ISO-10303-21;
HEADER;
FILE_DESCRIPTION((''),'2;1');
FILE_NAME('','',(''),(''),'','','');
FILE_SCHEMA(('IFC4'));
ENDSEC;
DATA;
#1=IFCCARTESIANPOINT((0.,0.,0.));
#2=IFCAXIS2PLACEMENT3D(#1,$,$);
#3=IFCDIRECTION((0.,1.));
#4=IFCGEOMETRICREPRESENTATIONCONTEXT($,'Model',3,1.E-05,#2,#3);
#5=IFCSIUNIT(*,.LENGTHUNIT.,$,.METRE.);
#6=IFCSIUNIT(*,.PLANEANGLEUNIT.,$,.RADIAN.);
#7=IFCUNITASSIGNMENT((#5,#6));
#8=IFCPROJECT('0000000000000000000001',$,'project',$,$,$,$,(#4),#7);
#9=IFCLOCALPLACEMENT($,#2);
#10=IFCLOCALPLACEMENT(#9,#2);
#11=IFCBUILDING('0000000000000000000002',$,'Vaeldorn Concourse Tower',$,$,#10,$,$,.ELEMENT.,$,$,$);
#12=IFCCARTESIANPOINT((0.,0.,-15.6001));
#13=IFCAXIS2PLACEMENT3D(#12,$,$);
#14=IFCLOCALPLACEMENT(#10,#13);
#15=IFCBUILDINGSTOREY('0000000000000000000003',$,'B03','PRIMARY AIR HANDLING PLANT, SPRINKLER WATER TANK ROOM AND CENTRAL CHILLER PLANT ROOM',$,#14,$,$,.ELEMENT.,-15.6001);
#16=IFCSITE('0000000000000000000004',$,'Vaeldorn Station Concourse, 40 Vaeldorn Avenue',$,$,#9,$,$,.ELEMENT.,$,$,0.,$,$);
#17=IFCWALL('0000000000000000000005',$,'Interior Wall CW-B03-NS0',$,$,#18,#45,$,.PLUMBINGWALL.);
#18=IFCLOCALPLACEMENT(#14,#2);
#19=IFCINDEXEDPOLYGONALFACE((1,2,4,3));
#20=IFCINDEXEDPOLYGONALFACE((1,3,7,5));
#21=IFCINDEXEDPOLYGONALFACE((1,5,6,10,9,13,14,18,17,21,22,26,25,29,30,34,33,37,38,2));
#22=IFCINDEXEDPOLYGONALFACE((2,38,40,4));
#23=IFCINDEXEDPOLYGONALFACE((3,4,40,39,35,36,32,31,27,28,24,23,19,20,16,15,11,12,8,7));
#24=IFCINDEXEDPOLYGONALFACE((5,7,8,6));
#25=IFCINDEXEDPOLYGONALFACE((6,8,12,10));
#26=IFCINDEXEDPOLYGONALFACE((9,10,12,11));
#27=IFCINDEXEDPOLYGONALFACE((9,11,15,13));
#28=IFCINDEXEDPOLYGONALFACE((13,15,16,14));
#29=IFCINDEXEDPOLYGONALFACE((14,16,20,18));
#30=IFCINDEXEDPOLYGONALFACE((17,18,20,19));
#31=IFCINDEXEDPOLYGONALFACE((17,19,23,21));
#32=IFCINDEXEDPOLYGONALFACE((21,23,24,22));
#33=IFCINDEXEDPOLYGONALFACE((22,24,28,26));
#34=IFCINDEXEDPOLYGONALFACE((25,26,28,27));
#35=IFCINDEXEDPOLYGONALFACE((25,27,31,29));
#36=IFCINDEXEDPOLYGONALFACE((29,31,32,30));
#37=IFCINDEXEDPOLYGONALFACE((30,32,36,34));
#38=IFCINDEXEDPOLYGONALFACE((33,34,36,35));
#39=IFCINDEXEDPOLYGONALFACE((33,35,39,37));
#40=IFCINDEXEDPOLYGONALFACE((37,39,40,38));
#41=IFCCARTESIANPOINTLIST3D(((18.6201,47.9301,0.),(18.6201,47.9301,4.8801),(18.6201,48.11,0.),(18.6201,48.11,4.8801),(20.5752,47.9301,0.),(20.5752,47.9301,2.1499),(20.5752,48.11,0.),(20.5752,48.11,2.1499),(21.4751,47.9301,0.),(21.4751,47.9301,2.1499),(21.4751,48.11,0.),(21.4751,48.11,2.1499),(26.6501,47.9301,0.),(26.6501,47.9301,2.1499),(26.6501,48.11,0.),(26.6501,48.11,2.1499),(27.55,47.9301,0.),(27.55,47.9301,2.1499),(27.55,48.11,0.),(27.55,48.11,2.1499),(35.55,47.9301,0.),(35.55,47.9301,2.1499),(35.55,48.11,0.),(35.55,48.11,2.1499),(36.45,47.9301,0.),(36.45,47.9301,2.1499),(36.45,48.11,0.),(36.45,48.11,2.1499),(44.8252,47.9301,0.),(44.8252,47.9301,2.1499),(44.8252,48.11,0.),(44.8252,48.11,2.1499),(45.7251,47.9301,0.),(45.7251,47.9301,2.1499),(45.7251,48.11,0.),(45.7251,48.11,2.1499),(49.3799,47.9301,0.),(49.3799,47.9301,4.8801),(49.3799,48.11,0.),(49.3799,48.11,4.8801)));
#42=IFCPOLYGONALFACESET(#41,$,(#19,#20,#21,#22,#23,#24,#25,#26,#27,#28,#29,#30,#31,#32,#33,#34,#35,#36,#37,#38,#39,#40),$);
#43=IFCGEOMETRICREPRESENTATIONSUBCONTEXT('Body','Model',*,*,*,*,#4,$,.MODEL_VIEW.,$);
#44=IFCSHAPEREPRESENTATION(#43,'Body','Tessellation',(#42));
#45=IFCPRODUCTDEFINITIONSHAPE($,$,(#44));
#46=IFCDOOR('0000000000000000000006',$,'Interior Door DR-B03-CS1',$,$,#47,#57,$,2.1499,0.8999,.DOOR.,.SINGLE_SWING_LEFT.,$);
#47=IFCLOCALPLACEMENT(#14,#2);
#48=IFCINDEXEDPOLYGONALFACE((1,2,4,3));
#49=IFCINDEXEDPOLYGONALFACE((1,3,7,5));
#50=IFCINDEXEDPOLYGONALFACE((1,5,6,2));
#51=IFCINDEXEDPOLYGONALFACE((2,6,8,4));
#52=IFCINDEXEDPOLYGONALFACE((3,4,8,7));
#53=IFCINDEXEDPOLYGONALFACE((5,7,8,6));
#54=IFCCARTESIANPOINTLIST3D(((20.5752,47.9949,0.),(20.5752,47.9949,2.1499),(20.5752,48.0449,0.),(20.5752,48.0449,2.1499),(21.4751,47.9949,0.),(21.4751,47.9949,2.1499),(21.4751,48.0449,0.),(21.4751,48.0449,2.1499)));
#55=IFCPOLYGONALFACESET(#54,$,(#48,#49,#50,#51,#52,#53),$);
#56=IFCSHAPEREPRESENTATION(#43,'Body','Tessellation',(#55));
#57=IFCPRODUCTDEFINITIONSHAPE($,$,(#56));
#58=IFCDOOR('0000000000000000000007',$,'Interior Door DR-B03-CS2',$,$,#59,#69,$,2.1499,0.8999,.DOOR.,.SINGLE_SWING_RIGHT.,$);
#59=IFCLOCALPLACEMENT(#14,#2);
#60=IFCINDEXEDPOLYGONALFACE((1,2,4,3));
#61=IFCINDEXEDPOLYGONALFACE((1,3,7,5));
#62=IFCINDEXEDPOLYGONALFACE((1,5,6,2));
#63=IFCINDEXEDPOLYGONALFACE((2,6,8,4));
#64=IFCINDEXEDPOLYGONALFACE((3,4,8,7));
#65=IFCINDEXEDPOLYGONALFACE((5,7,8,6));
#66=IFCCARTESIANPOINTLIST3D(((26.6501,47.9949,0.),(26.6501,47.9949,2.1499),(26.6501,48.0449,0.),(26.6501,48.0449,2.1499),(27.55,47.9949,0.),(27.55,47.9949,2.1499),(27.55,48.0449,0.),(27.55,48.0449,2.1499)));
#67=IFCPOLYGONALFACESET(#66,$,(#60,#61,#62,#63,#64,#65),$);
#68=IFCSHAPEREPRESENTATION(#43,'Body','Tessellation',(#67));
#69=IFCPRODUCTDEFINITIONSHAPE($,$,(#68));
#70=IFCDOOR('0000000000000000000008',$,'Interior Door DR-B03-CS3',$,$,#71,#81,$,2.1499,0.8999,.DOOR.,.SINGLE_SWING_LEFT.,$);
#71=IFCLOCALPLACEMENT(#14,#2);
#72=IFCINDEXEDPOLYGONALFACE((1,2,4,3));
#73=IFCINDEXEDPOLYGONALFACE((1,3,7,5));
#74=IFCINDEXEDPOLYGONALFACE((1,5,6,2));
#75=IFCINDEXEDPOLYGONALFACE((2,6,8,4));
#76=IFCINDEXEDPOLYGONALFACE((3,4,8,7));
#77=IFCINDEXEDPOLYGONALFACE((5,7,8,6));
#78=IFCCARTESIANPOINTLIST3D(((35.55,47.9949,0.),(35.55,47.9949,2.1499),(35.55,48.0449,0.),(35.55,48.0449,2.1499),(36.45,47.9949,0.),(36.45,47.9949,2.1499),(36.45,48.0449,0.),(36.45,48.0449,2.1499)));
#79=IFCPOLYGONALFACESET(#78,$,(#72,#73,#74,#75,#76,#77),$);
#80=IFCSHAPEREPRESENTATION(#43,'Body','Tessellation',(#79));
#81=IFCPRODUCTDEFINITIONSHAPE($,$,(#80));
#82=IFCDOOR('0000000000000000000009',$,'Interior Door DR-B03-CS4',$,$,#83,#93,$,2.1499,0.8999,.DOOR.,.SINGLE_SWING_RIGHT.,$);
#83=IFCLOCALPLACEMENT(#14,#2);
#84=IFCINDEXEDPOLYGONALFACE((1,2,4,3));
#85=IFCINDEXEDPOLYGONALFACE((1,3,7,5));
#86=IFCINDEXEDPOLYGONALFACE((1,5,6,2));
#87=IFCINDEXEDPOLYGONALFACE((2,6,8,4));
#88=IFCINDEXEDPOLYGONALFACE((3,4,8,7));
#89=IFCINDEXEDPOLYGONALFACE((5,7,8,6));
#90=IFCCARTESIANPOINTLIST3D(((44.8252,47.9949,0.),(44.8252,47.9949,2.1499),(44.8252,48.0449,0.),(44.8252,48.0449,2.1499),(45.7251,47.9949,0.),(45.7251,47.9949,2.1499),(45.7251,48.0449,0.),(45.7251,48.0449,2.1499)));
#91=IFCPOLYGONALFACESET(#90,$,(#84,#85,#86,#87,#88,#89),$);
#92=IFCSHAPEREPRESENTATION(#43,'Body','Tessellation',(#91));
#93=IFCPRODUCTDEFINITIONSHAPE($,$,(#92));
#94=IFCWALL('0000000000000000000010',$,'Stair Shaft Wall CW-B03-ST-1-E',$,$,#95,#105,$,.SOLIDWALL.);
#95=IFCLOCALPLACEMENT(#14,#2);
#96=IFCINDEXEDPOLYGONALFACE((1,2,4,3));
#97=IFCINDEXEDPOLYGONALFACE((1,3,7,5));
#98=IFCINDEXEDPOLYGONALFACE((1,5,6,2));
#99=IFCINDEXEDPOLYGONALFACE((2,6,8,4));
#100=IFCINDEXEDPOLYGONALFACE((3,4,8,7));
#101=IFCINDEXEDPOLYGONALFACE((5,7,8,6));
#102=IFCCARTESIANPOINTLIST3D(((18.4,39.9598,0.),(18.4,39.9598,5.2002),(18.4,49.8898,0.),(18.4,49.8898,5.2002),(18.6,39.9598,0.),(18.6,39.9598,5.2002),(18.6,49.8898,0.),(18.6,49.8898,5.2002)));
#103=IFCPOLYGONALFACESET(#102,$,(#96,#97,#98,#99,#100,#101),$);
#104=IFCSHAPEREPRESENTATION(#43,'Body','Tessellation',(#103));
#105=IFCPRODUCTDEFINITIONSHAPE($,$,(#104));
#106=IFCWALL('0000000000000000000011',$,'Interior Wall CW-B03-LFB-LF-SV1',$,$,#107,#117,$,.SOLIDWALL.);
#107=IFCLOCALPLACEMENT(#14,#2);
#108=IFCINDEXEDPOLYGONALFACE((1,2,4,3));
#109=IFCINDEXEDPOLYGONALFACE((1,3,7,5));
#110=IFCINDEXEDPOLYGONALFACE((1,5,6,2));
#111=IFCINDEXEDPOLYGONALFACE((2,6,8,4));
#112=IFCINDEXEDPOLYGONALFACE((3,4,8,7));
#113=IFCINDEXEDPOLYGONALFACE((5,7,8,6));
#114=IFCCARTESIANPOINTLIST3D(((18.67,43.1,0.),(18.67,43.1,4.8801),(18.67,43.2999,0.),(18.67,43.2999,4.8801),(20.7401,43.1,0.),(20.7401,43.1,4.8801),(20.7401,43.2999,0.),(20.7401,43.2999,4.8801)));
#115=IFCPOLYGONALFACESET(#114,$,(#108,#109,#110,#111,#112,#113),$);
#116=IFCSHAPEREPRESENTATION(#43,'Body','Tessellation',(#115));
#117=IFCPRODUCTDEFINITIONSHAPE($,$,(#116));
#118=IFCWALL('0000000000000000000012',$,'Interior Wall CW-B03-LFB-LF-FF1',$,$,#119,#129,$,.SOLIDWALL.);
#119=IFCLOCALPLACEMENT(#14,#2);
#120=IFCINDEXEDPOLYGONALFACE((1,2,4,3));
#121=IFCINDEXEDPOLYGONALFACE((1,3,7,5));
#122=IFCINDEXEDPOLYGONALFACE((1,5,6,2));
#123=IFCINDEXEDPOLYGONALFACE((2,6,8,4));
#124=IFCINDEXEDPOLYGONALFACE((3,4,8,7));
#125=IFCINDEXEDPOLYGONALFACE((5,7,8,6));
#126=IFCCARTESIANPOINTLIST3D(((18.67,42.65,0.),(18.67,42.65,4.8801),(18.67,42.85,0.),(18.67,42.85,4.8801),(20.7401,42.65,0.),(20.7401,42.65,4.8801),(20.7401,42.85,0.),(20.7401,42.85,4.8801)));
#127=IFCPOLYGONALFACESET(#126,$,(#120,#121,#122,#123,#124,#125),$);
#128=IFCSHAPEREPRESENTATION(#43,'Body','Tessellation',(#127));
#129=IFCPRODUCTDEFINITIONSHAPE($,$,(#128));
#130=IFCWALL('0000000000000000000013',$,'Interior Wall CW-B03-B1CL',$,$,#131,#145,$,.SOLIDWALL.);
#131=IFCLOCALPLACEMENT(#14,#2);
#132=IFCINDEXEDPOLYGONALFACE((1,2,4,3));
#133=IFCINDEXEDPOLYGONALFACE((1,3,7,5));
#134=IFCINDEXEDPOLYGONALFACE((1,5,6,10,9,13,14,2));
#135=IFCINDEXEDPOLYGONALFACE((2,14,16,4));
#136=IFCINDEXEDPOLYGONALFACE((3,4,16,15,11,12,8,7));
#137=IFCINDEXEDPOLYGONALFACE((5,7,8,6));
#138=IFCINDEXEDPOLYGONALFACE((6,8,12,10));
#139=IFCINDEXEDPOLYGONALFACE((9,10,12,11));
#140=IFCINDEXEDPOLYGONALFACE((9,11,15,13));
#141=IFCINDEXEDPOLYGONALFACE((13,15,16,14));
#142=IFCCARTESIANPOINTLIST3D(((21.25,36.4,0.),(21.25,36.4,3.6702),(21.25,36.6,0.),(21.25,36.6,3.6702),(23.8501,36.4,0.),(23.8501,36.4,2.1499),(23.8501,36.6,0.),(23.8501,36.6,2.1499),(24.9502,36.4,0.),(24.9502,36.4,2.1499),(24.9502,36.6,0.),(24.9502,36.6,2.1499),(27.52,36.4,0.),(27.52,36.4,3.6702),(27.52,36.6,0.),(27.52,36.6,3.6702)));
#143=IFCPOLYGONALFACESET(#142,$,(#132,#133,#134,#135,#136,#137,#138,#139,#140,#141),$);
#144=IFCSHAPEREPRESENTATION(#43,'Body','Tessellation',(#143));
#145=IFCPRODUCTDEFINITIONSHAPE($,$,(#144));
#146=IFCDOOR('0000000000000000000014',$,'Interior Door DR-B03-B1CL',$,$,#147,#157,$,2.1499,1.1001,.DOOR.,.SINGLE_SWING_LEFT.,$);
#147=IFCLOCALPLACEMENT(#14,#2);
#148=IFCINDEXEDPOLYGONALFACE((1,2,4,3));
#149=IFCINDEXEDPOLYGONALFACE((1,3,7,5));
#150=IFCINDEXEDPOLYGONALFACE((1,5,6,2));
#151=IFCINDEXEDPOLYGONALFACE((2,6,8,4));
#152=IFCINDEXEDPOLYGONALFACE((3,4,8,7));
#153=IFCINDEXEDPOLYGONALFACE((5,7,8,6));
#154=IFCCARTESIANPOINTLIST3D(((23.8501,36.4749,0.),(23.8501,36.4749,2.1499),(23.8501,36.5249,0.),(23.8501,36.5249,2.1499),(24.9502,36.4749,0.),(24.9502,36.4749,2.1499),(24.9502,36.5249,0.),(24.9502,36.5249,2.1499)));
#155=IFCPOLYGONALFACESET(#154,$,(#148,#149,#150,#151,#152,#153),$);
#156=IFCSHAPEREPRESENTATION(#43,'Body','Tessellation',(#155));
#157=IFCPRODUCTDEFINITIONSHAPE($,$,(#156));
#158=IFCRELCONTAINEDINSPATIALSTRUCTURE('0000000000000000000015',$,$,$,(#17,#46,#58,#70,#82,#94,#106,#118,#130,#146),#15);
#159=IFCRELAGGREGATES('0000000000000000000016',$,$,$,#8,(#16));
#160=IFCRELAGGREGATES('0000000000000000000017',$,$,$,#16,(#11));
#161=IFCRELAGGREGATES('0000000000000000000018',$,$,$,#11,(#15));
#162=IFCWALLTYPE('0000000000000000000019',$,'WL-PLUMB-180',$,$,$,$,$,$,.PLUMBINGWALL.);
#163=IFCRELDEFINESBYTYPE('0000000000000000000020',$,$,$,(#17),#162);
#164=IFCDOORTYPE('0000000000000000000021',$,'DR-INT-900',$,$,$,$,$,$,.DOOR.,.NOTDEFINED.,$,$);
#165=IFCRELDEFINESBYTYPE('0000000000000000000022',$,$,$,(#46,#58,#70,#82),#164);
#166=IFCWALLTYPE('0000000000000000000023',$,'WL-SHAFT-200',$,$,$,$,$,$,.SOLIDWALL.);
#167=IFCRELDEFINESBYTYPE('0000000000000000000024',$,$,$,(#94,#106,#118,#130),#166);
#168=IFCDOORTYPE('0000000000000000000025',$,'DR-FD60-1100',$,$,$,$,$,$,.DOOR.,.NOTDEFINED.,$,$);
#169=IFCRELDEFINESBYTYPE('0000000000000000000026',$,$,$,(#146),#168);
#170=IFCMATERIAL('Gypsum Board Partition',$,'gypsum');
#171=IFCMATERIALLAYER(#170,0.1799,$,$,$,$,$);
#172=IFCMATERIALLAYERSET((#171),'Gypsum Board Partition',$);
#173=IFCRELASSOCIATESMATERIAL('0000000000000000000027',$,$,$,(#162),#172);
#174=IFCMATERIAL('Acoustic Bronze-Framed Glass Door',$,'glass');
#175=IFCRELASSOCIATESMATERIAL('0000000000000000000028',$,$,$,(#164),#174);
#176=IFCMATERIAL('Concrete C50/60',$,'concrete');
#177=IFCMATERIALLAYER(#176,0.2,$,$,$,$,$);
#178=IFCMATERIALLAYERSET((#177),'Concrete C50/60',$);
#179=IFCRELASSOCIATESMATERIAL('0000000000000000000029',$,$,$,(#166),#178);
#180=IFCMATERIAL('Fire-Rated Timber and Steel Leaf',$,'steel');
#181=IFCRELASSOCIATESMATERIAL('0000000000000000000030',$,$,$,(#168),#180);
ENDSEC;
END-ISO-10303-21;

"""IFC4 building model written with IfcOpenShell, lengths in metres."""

from ifc_helpers import new_model, si_unit, direction, frame, frame_2d, origin, place, context, subcontext, project, spatial, rectangle, extrude, source, transform, mapped, material, layer, layer_set, type_object, element, fill, save


model = new_model("IFC4")

# Units and contexts
model_context = context("Model", 3, precision=1e-05, world=origin(), true_north=direction((0.0, 1.0)))
body_context = subcontext(model_context, "Body", "Model", "MODEL_VIEW")
ifc_project = project(units=[si_unit("LENGTHUNIT", "METRE"), si_unit("PLANEANGLEUNIT", "RADIAN")], contexts=[model_context])

# Site, building, storey
site_placement = place(None, origin())
site = spatial("IfcSite", under=ifc_project, at=site_placement, Name="Vaeldorn Station Concourse, 40 Vaeldorn Avenue", CompositionType="ELEMENT", RefElevation=0.0)
building_placement = place(site_placement, origin())
building = spatial("IfcBuilding", under=site, at=building_placement, Name="Vaeldorn Concourse Tower", CompositionType="ELEMENT")
storey_placement = place(building_placement, frame((0.0, 0.0, -15.6001)))
storey = spatial("IfcBuildingStorey", under=building, at=storey_placement, Name="B03", Description="PRIMARY AIR HANDLING PLANT, SPRINKLER WATER TANK ROOM AND CENTRAL CHILLER PLANT ROOM", CompositionType="ELEMENT", Elevation=-15.6001)

# Shared definitions
ifc_material_1 = material(Name="Concrete C50/60", Category="concrete")

# Wall, openings, doors
ifc_material_2 = material(Name="Gypsum Board Partition", Category="gypsum")
ifc_layer_1 = layer(ifc_material_2, 0.1799)
ifc_layer_set_1 = layer_set([ifc_layer_1], Name="Gypsum Board Partition")
wall_type_1 = type_object("IfcWallType", Name="WL-PLUMB-180", PredefinedType="PLUMBINGWALL", material=ifc_layer_set_1)
wall_1_placement = place(storey_placement, frame((18.6201, 48.02, 0.0), z_axis=(0.0, 0.0, 1.0), x_axis=(1.0, 0.0, 0.0)))
wall_1 = element("IfcWall", 1, at=wall_1_placement, inside=storey, type_object=wall_type_1, Name="Interior Wall CW-B03-NS0", PredefinedType="PLUMBINGWALL", context=body_context, shape_type="SweptSolid", body=[
    extrude(rectangle(XDim=30.7598, YDim=0.1799, at=frame_2d((15.3799, 0.0))), origin(), (0.0, 0.0, 1.0), 4.8801),
])
opening_1_placement = place(wall_1_placement, frame((1.9551, 0.0, 0.0)))
opening_1 = element("IfcOpeningElement", 2, at=opening_1_placement, cuts=wall_1, PredefinedType="OPENING", context=body_context, shape_type="SweptSolid", body=[
    extrude(rectangle(XDim=0.8999, YDim=2.1499, at=frame_2d((0.45, 1.075))), frame((0.0, 0.1001, 0.0), z_axis=(0.0, -1.0, 0.0), x_axis=(1.0, 0.0, 0.0)), (0.0, 0.0, 1.0), 0.2),
])
opening_2_placement = place(wall_1_placement, frame((8.03, 0.0, 0.0)))
opening_2 = element("IfcOpeningElement", 3, at=opening_2_placement, cuts=wall_1, PredefinedType="OPENING", context=body_context, shape_type="SweptSolid", body=[
    extrude(rectangle(XDim=0.8999, YDim=2.1499, at=frame_2d((0.45, 1.075))), frame((0.0, 0.1001, 0.0), z_axis=(0.0, -1.0, 0.0), x_axis=(1.0, 0.0, 0.0)), (0.0, 0.0, 1.0), 0.2),
])
opening_3_placement = place(wall_1_placement, frame((16.9299, 0.0, 0.0)))
opening_3 = element("IfcOpeningElement", 4, at=opening_3_placement, cuts=wall_1, PredefinedType="OPENING", context=body_context, shape_type="SweptSolid", body=[
    extrude(rectangle(XDim=0.8999, YDim=2.1499, at=frame_2d((0.45, 1.075))), frame((0.0, 0.1001, 0.0), z_axis=(0.0, -1.0, 0.0), x_axis=(1.0, 0.0, 0.0)), (0.0, 0.0, 1.0), 0.2),
])
opening_4_placement = place(wall_1_placement, frame((26.2051, 0.0, 0.0)))
opening_4 = element("IfcOpeningElement", 5, at=opening_4_placement, cuts=wall_1, PredefinedType="OPENING", context=body_context, shape_type="SweptSolid", body=[
    extrude(rectangle(XDim=0.8999, YDim=2.1499, at=frame_2d((0.45, 1.075))), frame((0.0, 0.1001, 0.0), z_axis=(0.0, -1.0, 0.0), x_axis=(1.0, 0.0, 0.0)), (0.0, 0.0, 1.0), 0.2),
])
ifc_material_3 = material(Name="Acoustic Bronze-Framed Glass Door", Category="glass")
door_type_1 = type_object("IfcDoorType", Name="DR-INT-900", OperationType="NOTDEFINED", PredefinedType="DOOR", material=ifc_material_3)
shared_shape_1 = source(origin(), body_context, "Body", "SweptSolid", [
    extrude(rectangle(XDim=0.8999, YDim=2.1499, at=frame_2d((0.45, 1.075))), frame((0.0, 0.0249, 0.0), z_axis=(0.0, -1.0, 0.0), x_axis=(1.0, 0.0, 0.0)), (0.0, 0.0, 1.0), 0.05),
])
door_1_placement = place(opening_1_placement, origin())
door_1 = element("IfcDoor", 6, at=door_1_placement, inside=storey, type_object=door_type_1, Name="Interior Door DR-B03-CS1", OperationType="SINGLE_SWING_LEFT", OverallHeight=2.1499, OverallWidth=0.8999, PredefinedType="DOOR", context=body_context, shape_type="MappedRepresentation", body=[
    mapped(shared_shape_1, transform((0.0, 0.0, 0.0), scale=1.0)),
])
fill(opening_1, door_1)
door_2_placement = place(opening_2_placement, origin())
door_2 = element("IfcDoor", 7, at=door_2_placement, inside=storey, type_object=door_type_1, Name="Interior Door DR-B03-CS2", OperationType="SINGLE_SWING_RIGHT", OverallHeight=2.1499, OverallWidth=0.8999, PredefinedType="DOOR", context=body_context, shape_type="MappedRepresentation", body=[
    mapped(shared_shape_1, transform((0.0, 0.0, 0.0), scale=1.0)),
])
fill(opening_2, door_2)
door_3_placement = place(opening_3_placement, origin())
door_3 = element("IfcDoor", 8, at=door_3_placement, inside=storey, type_object=door_type_1, Name="Interior Door DR-B03-CS3", OperationType="SINGLE_SWING_LEFT", OverallHeight=2.1499, OverallWidth=0.8999, PredefinedType="DOOR", context=body_context, shape_type="MappedRepresentation", body=[
    mapped(shared_shape_1, transform((0.0, 0.0, 0.0), scale=1.0)),
])
fill(opening_3, door_3)
door_4_placement = place(opening_4_placement, origin())
door_4 = element("IfcDoor", 9, at=door_4_placement, inside=storey, type_object=door_type_1, Name="Interior Door DR-B03-CS4", OperationType="SINGLE_SWING_RIGHT", OverallHeight=2.1499, OverallWidth=0.8999, PredefinedType="DOOR", context=body_context, shape_type="MappedRepresentation", body=[
    mapped(shared_shape_1, transform((0.0, 0.0, 0.0), scale=1.0)),
])
fill(opening_4, door_4)

# Wall
ifc_layer_2 = layer(ifc_material_1, 0.2)
ifc_layer_set_2 = layer_set([ifc_layer_2], Name="Concrete C50/60")
wall_type_2 = type_object("IfcWallType", Name="WL-SHAFT-200", PredefinedType="SOLIDWALL", material=ifc_layer_set_2)
wall_2_placement = place(storey_placement, frame((18.5, 39.96, 0.0), z_axis=(0.0, 0.0, 1.0), x_axis=(0.0, 1.0, 0.0)))
element("IfcWall", 10, at=wall_2_placement, inside=storey, type_object=wall_type_2, Name="Stair Shaft Wall CW-B03-ST-1-E", PredefinedType="SOLIDWALL", context=body_context, shape_type="SweptSolid", body=[
    extrude(rectangle(XDim=9.9299, YDim=0.2, at=frame_2d((4.9648, 0.0))), origin(), (0.0, 0.0, 1.0), 5.2002),
])

# Shared definitions
ifc_material_4 = material(Name="Fire-Rated Timber and Steel Leaf", Category="steel")
door_type_2 = type_object("IfcDoorType", Name="DR-FD60-1100", OperationType="NOTDEFINED", PredefinedType="DOOR", material=ifc_material_4)
shared_shape_2 = source(origin(), body_context, "Body", "SweptSolid", [
    extrude(rectangle(XDim=1.1001, YDim=2.1499, at=frame_2d((0.55, 1.075))), frame((0.0, 0.0249, 0.0), z_axis=(0.0, -1.0, 0.0), x_axis=(1.0, 0.0, 0.0)), (0.0, 0.0, 1.0), 0.05),
])

# Wall
wall_3_placement = place(storey_placement, frame((18.6699, 43.2, 0.0), z_axis=(0.0, 0.0, 1.0), x_axis=(1.0, 0.0, 0.0)))
element("IfcWall", 11, at=wall_3_placement, inside=storey, type_object=wall_type_2, Name="Interior Wall CW-B03-LFB-LF-SV1", PredefinedType="SOLIDWALL", context=body_context, shape_type="SweptSolid", body=[
    extrude(rectangle(XDim=2.0701, YDim=0.2, at=frame_2d((1.0352, 0.0))), origin(), (0.0, 0.0, 1.0), 4.8801),
])

# Wall
wall_4_placement = place(storey_placement, frame((18.6699, 42.75, 0.0), z_axis=(0.0, 0.0, 1.0), x_axis=(1.0, 0.0, 0.0)))
element("IfcWall", 12, at=wall_4_placement, inside=storey, type_object=wall_type_2, Name="Interior Wall CW-B03-LFB-LF-FF1", PredefinedType="SOLIDWALL", context=body_context, shape_type="SweptSolid", body=[
    extrude(rectangle(XDim=2.0701, YDim=0.2, at=frame_2d((1.0352, 0.0))), origin(), (0.0, 0.0, 1.0), 4.8801),
])

# Wall, opening, door
wall_5_placement = place(storey_placement, frame((21.25, 36.5, 0.0), z_axis=(0.0, 0.0, 1.0), x_axis=(1.0, 0.0, 0.0)))
wall_5 = element("IfcWall", 13, at=wall_5_placement, inside=storey, type_object=wall_type_2, Name="Interior Wall CW-B03-B1CL", PredefinedType="SOLIDWALL", context=body_context, shape_type="SweptSolid", body=[
    extrude(rectangle(XDim=6.27, YDim=0.2, at=frame_2d((3.135, 0.0))), origin(), (0.0, 0.0, 1.0), 3.6702),
])
opening_5_placement = place(wall_5_placement, frame((2.6001, 0.0, 0.0)))
opening_5 = element("IfcOpeningElement", 14, at=opening_5_placement, cuts=wall_5, PredefinedType="OPENING", context=body_context, shape_type="SweptSolid", body=[
    extrude(rectangle(XDim=1.1001, YDim=2.1499, at=frame_2d((0.55, 1.075))), frame((0.0, 0.1099, 0.0), z_axis=(0.0, -1.0, 0.0), x_axis=(1.0, 0.0, 0.0)), (0.0, 0.0, 1.0), 0.22),
])
door_5_placement = place(opening_5_placement, origin())
door_5 = element("IfcDoor", 15, at=door_5_placement, inside=storey, type_object=door_type_2, Name="Interior Door DR-B03-B1CL", OperationType="SINGLE_SWING_LEFT", OverallHeight=2.1499, OverallWidth=1.1001, PredefinedType="DOOR", context=body_context, shape_type="MappedRepresentation", body=[
    mapped(shared_shape_2, transform((0.0, 0.0, 0.0), scale=1.0)),
])
fill(opening_5, door_5)

save(model, "model.ifc")
